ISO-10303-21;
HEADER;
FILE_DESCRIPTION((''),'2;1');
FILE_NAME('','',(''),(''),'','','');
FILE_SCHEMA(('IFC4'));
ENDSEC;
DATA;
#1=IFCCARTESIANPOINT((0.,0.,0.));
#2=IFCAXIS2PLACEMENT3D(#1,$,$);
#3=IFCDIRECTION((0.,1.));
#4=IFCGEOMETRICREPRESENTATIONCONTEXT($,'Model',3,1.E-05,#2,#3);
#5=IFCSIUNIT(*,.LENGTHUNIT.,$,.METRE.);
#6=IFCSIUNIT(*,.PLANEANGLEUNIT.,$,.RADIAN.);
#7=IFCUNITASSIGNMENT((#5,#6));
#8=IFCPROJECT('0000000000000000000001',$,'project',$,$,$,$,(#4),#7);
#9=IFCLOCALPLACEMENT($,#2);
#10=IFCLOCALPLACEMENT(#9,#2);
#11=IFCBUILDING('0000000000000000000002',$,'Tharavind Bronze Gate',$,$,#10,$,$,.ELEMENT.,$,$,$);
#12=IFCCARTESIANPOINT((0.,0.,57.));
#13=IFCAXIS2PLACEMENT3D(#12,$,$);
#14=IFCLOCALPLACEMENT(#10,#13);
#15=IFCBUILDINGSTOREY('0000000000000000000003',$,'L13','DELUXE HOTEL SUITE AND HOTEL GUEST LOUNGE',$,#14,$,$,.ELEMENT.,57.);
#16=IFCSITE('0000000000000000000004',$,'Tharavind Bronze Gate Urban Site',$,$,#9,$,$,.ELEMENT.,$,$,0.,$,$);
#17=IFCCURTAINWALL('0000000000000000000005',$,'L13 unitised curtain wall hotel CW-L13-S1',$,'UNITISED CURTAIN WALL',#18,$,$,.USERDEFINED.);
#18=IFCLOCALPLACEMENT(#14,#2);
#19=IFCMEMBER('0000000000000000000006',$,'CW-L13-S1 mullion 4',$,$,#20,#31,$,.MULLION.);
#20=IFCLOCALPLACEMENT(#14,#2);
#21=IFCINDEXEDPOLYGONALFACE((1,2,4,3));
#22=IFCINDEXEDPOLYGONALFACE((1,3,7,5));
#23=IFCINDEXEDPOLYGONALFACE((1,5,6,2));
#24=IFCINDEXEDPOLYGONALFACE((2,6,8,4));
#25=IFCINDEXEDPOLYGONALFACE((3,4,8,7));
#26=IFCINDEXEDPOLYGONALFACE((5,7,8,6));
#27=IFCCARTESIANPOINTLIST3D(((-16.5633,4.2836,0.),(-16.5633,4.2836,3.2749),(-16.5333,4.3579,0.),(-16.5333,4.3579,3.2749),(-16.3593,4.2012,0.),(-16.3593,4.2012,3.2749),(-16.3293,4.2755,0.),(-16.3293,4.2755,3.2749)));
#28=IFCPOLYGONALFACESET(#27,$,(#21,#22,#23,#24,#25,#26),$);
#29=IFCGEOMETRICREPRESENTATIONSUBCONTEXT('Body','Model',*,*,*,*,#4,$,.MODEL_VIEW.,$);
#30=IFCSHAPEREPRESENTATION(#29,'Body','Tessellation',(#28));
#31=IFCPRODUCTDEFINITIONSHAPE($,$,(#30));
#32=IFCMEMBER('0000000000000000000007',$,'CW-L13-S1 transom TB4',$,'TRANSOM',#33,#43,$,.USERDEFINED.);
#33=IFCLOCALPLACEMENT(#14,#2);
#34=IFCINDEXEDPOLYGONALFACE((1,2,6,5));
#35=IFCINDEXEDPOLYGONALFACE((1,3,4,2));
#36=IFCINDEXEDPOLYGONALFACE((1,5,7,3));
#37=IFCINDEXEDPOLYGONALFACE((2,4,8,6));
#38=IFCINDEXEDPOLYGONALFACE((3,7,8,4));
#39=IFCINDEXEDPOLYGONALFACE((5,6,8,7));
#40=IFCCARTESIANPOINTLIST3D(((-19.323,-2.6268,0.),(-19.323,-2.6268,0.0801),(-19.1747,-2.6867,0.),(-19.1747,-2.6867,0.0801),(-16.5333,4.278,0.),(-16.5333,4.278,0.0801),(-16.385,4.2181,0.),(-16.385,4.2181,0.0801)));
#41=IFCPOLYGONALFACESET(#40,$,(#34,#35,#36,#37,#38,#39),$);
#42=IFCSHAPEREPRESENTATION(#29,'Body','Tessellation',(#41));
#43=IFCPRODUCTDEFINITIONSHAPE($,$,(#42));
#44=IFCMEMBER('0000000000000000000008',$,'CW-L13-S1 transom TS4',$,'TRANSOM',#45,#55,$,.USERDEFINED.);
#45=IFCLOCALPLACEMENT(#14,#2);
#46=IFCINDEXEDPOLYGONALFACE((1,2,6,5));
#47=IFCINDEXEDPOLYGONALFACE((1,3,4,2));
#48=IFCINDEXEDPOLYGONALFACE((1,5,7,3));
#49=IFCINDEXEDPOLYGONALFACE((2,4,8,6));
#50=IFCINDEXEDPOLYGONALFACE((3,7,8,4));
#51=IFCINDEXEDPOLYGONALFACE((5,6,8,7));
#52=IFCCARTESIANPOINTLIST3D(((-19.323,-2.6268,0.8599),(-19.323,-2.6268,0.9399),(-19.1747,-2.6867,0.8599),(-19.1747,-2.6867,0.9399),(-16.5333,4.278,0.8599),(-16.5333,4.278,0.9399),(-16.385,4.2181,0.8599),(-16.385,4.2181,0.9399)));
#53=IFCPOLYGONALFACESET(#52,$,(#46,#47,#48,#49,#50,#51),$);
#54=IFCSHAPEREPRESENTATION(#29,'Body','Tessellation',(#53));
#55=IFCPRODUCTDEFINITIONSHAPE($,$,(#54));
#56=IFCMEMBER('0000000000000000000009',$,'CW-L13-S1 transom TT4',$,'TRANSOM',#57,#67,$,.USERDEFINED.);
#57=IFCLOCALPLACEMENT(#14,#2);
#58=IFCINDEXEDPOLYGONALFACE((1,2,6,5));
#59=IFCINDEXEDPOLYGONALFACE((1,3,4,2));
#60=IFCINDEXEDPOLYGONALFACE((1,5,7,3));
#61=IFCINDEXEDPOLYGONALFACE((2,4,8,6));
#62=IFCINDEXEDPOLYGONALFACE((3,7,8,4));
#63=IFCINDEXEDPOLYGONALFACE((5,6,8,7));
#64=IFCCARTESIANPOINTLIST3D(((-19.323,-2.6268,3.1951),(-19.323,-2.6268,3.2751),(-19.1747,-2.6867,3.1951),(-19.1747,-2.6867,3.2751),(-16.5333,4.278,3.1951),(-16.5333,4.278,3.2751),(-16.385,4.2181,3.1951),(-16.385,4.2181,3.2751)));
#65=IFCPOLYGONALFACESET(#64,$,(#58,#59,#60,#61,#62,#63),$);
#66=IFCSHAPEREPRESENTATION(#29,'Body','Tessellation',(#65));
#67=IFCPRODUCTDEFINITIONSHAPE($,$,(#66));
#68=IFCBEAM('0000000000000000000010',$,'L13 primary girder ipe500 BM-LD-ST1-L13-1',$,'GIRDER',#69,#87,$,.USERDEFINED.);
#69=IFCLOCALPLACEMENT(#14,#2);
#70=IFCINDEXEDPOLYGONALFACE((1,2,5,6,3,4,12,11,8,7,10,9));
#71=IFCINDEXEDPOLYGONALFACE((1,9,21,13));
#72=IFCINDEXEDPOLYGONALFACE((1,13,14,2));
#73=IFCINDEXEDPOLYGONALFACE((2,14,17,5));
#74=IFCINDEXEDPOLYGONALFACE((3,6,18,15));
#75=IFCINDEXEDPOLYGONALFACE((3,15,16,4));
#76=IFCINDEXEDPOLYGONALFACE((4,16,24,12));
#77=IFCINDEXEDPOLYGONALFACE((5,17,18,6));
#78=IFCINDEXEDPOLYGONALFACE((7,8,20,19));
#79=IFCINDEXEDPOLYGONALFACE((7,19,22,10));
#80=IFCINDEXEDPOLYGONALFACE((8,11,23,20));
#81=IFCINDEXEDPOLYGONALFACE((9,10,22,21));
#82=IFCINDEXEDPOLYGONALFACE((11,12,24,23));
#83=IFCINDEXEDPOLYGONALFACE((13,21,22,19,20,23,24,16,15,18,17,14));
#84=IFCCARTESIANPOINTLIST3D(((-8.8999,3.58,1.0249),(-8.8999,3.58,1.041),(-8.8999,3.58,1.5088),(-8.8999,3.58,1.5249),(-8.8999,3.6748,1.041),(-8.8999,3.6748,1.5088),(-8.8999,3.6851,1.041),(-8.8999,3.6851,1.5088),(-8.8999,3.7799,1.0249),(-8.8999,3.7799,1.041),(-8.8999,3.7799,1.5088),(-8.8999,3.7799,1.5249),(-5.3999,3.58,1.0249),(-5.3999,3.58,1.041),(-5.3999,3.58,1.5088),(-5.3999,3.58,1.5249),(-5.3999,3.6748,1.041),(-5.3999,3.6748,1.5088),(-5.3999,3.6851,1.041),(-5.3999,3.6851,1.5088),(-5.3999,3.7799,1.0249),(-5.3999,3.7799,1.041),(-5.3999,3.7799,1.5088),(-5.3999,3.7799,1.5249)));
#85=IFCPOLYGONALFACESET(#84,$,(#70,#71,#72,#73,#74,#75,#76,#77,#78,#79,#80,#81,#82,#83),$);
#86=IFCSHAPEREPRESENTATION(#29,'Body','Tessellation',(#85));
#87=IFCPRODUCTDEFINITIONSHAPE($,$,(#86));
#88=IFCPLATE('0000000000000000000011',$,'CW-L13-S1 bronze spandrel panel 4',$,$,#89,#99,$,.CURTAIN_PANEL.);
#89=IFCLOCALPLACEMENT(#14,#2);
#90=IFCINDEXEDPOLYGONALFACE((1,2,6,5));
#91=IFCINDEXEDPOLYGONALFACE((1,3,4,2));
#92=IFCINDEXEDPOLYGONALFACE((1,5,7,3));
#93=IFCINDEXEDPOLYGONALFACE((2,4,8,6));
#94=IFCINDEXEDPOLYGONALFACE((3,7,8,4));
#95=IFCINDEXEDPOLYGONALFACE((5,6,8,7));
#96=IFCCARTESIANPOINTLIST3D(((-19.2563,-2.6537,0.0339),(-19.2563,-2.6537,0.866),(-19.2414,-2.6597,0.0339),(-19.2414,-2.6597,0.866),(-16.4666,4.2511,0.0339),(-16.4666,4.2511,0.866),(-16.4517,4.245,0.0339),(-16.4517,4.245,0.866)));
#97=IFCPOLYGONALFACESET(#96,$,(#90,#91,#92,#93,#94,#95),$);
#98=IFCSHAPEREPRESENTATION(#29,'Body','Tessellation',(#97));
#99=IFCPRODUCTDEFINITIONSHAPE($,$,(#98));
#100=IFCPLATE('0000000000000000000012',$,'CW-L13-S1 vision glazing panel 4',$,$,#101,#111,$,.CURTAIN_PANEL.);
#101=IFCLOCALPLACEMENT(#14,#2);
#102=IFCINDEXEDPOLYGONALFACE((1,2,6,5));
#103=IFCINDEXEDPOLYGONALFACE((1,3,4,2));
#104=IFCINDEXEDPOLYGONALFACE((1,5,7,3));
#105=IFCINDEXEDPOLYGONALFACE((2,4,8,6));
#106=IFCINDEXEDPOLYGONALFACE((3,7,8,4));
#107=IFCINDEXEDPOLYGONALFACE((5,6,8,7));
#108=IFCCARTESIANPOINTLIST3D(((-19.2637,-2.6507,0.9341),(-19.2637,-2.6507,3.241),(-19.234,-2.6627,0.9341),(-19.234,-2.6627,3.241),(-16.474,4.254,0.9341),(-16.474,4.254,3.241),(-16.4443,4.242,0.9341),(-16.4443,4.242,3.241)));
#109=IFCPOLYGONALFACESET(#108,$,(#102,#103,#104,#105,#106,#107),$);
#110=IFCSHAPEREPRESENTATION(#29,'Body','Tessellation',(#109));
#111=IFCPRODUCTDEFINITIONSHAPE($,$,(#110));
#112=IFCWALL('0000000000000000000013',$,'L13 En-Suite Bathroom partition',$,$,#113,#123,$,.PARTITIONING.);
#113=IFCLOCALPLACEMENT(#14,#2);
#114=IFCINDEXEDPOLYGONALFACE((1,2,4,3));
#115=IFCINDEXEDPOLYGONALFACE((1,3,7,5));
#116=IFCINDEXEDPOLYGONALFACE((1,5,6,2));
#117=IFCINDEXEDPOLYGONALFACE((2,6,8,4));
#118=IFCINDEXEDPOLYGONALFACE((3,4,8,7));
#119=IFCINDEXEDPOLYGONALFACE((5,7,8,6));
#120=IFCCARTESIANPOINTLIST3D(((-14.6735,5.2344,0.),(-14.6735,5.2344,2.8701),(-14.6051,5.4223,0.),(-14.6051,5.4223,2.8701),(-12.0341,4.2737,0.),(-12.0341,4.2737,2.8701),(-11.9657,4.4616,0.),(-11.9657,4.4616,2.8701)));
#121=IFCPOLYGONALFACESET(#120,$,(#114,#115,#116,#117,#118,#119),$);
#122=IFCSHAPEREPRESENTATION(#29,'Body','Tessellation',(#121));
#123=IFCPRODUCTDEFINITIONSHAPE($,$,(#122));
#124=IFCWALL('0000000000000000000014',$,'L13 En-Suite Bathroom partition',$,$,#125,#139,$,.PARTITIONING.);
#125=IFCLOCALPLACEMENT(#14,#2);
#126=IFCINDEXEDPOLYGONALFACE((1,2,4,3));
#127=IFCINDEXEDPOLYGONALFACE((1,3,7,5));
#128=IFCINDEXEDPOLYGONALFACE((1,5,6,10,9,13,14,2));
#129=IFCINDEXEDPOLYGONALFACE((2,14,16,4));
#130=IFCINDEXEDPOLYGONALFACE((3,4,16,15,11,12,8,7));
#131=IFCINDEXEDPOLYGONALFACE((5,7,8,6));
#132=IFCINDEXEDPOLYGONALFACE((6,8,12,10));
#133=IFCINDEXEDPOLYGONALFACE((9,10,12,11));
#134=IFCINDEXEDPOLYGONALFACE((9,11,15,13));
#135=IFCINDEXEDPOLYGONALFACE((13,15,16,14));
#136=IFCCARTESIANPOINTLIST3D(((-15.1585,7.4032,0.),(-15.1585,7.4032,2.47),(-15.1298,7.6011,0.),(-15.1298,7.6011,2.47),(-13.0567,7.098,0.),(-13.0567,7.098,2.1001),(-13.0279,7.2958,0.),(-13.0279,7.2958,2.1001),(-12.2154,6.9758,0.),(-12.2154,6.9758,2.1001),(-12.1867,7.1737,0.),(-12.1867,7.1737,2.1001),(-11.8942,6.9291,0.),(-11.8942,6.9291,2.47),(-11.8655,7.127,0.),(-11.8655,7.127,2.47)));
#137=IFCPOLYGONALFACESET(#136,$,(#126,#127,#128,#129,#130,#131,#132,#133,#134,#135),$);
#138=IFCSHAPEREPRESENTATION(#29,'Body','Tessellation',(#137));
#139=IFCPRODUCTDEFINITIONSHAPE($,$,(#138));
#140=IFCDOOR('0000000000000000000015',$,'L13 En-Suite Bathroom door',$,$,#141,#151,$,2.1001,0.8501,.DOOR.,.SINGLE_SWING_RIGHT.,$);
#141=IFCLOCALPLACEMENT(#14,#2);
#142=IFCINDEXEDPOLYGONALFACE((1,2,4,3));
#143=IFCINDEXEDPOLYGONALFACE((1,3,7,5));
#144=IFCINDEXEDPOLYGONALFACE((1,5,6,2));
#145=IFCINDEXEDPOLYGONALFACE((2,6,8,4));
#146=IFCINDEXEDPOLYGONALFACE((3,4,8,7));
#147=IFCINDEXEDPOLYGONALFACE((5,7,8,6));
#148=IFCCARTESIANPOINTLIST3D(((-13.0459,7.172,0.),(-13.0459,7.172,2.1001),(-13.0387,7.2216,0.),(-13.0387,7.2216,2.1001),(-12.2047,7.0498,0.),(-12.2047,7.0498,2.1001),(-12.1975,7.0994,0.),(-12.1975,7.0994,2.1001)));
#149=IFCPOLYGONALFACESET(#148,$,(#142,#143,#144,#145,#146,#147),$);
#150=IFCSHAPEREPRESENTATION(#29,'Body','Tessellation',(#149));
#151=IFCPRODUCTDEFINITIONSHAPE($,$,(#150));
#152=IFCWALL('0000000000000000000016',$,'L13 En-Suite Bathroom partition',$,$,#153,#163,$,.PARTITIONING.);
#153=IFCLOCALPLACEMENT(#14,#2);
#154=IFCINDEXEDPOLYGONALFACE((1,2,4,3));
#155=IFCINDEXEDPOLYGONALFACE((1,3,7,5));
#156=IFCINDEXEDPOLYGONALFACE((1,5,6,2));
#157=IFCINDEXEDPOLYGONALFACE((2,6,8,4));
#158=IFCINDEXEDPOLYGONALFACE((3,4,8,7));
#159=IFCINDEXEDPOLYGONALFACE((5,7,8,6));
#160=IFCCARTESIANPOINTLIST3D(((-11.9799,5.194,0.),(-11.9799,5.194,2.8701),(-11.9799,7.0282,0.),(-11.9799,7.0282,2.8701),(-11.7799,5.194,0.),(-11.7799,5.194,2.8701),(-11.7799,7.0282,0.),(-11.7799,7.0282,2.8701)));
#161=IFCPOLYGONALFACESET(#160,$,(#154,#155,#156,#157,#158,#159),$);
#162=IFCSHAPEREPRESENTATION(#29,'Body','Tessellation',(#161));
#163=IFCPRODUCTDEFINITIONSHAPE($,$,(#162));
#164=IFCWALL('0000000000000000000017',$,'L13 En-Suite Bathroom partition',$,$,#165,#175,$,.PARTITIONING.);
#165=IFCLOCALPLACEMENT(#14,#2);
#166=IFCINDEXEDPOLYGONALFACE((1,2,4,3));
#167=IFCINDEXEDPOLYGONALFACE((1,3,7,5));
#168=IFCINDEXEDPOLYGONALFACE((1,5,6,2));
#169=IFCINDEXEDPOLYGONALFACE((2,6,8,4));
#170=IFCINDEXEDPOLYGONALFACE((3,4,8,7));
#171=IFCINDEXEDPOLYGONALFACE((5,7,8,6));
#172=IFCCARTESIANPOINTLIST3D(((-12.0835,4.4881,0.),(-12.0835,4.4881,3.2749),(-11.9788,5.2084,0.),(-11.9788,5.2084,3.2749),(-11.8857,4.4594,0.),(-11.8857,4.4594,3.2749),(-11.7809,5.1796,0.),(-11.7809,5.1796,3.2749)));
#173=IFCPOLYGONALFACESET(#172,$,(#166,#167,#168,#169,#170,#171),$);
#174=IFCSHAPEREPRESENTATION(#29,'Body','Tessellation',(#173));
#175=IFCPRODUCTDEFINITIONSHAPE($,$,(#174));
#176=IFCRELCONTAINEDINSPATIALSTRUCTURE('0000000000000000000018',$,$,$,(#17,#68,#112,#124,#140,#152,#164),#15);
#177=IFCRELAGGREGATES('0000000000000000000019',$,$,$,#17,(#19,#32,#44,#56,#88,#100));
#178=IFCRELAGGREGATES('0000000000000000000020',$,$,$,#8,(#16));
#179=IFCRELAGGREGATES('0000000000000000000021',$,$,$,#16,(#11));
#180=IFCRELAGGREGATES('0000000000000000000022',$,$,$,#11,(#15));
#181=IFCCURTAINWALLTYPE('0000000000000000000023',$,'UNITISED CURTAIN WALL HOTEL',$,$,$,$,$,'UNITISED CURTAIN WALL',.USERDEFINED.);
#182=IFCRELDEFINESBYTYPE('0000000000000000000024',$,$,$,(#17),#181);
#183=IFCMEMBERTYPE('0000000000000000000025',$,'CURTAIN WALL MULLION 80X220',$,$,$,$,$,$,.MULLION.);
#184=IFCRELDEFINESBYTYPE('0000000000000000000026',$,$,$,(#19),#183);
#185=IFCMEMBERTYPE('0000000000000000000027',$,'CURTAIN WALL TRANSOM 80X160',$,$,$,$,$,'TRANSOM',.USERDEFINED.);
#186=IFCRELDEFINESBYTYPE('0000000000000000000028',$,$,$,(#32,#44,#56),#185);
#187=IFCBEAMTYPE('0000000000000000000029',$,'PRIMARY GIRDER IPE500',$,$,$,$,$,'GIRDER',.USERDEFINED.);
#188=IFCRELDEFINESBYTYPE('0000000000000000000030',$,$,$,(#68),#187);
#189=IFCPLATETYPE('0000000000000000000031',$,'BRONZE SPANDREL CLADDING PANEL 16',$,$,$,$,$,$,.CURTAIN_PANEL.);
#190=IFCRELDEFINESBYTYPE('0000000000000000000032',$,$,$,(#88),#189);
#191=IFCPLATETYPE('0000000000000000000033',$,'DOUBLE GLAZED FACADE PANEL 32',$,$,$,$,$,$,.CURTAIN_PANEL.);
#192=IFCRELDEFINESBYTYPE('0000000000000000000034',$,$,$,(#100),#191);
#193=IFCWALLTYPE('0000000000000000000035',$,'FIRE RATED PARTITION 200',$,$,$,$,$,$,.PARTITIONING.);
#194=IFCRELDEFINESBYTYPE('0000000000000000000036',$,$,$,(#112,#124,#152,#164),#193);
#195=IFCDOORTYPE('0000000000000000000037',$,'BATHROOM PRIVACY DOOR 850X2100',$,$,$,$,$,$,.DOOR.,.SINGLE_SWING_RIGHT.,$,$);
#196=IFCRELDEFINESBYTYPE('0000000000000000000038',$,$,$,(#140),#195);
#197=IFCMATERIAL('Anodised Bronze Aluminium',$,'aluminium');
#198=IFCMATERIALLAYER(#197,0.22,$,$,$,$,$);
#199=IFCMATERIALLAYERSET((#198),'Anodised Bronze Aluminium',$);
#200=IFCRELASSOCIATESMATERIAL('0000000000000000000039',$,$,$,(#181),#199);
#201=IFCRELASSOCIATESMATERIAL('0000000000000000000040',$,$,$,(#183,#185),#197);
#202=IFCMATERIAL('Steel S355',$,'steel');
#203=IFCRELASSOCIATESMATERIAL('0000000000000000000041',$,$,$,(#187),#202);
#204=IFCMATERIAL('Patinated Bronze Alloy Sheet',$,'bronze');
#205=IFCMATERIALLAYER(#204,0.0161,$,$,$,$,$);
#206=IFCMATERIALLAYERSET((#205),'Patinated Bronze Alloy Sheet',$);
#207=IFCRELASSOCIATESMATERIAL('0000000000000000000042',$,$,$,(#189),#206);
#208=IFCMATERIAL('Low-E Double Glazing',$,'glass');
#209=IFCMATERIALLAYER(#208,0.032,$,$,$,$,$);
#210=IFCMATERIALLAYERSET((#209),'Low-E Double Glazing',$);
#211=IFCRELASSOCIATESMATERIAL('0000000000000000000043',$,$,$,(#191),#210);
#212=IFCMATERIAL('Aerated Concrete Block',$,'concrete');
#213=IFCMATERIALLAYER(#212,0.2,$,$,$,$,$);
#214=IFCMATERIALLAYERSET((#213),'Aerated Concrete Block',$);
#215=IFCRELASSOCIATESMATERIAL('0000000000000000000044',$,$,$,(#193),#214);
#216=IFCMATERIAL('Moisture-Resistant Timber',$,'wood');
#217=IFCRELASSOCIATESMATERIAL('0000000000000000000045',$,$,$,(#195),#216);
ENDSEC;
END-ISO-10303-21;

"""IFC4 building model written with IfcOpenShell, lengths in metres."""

from ifc_helpers import new_model, si_unit, direction, frame, frame_2d, origin, origin_2d, place, context, subcontext, project, spatial, rectangle, i_section, extrude, material, layer, layer_set, material_profile, profile_set, type_object, element, fill, aggregate, save


model = new_model("IFC4")

# Units and contexts
model_context = context("Model", 3, precision=1e-05, world=origin(), true_north=direction((0.0, 1.0)))
body_context = subcontext(model_context, "Body", "Model", "MODEL_VIEW")
ifc_project = project(units=[si_unit("LENGTHUNIT", "METRE"), si_unit("PLANEANGLEUNIT", "RADIAN")], contexts=[model_context])

# Site, building, storey
site_placement = place(None, origin())
site = spatial("IfcSite", under=ifc_project, at=site_placement, Name="Tharavind Bronze Gate Urban Site", CompositionType="ELEMENT", RefElevation=0.0)
building_placement = place(site_placement, origin())
building = spatial("IfcBuilding", under=site, at=building_placement, Name="Tharavind Bronze Gate", CompositionType="ELEMENT")
storey_placement = place(building_placement, frame((0.0, 0.0, 57.0)))
storey = spatial("IfcBuildingStorey", under=building, at=storey_placement, Name="L13", Description="DELUXE HOTEL SUITE AND HOTEL GUEST LOUNGE", CompositionType="ELEMENT", Elevation=57.0)

# Curtain wall, members
ifc_material_1 = material(Name="Anodised Bronze Aluminium", Category="aluminium")
ifc_layer_1 = layer(ifc_material_1, 0.22)
ifc_layer_set_1 = layer_set([ifc_layer_1], Name="Anodised Bronze Aluminium")
curtain_wall_type = type_object("IfcCurtainWallType", Name="UNITISED CURTAIN WALL HOTEL", ElementType="UNITISED CURTAIN WALL", PredefinedType="USERDEFINED", material=ifc_layer_set_1)
curtain_wall_placement = place(storey_placement, origin())
curtain_wall = element("IfcCurtainWall", 1, at=curtain_wall_placement, inside=storey, type_object=curtain_wall_type, Name="L13 unitised curtain wall hotel CW-L13-S1", ObjectType="UNITISED CURTAIN WALL", PredefinedType="USERDEFINED")
member_type_1 = type_object("IfcMemberType", Name="CURTAIN WALL MULLION 80X220", PredefinedType="MULLION", material=ifc_material_1)
member_1_placement = place(storey_placement, frame((-16.4463, 4.2795, 0.0), z_axis=(0.0, 0.0, 1.0), x_axis=(-0.374607, -0.927184, 0.0)))
member_1 = element("IfcMember", 2, at=member_1_placement, type_object=member_type_1, Name="CW-L13-S1 mullion 4", PredefinedType="MULLION", context=body_context, shape_type="SweptSolid", body=[
    extrude(rectangle(XDim=0.0801, YDim=0.22, at=origin_2d()), origin(), (0.0, 0.0, 1.0), 3.2749),
])
member_type_2 = type_object("IfcMemberType", Name="CURTAIN WALL TRANSOM 80X160", ElementType="TRANSOM", PredefinedType="USERDEFINED", material=ifc_material_1)
member_2_placement = place(storey_placement, frame((-17.854, 0.7957, 0.0), z_axis=(0.0, 0.0, 1.0), x_axis=(-0.374607, -0.927184, 0.0)))
member_2 = element("IfcMember", 3, at=member_2_placement, type_object=member_type_2, Name="CW-L13-S1 transom TB4", ObjectType="TRANSOM", PredefinedType="USERDEFINED", context=body_context, shape_type="SweptSolid", body=[
    extrude(rectangle(XDim=7.447, YDim=0.1599, at=origin_2d()), origin(), (0.0, 0.0, 1.0), 0.0801),
])
member_3_placement = place(storey_placement, frame((-17.854, 0.7957, 0.8599), z_axis=(0.0, 0.0, 1.0), x_axis=(-0.374607, -0.927184, 0.0)))
member_3 = element("IfcMember", 4, at=member_3_placement, type_object=member_type_2, Name="CW-L13-S1 transom TS4", ObjectType="TRANSOM", PredefinedType="USERDEFINED", context=body_context, shape_type="SweptSolid", body=[
    extrude(rectangle(XDim=7.447, YDim=0.1599, at=origin_2d()), origin(), (0.0, 0.0, 1.0), 0.0801),
])
member_4_placement = place(storey_placement, frame((-17.854, 0.7957, 3.1951), z_axis=(0.0, 0.0, 1.0), x_axis=(-0.374607, -0.927184, 0.0)))
member_4 = element("IfcMember", 5, at=member_4_placement, type_object=member_type_2, Name="CW-L13-S1 transom TT4", ObjectType="TRANSOM", PredefinedType="USERDEFINED", context=body_context, shape_type="SweptSolid", body=[
    extrude(rectangle(XDim=7.447, YDim=0.1599, at=origin_2d()), origin(), (0.0, 0.0, 1.0), 0.0801),
])

# Beam
ifc_material_2 = material(Name="Steel S355", Category="steel")
ifc_material_profile = material_profile(ifc_material_2, i_section(OverallWidth=0.2, OverallDepth=0.5, WebThickness=0.0103, FlangeThickness=0.0161, at=origin_2d()), Name="IPE500")
ifc_profile_set = profile_set([ifc_material_profile], Name="Steel S355")
beam_type = type_object("IfcBeamType", Name="PRIMARY GIRDER IPE500", ElementType="GIRDER", PredefinedType="USERDEFINED", material=ifc_profile_set)
beam_placement = place(storey_placement, frame((-8.8999, 3.6799, 1.2749), z_axis=(1.0, 0.0, 0.0), x_axis=(0.0, 1.0, 0.0)))
element("IfcBeam", 6, at=beam_placement, inside=storey, type_object=beam_type, Name="L13 primary girder ipe500 BM-LD-ST1-L13-1", ObjectType="GIRDER", PredefinedType="USERDEFINED", context=body_context, shape_type="SweptSolid", body=[
    extrude(i_section(OverallWidth=0.2, OverallDepth=0.5, WebThickness=0.0103, FlangeThickness=0.0161, at=origin_2d()), origin(), (0.0, 0.0, 1.0), 3.5),
])

# Plates
ifc_material_3 = material(Name="Patinated Bronze Alloy Sheet", Category="bronze")
ifc_layer_2 = layer(ifc_material_3, 0.0161)
ifc_layer_set_2 = layer_set([ifc_layer_2], Name="Patinated Bronze Alloy Sheet")
plate_type_1 = type_object("IfcPlateType", Name="BRONZE SPANDREL CLADDING PANEL 16", PredefinedType="CURTAIN_PANEL", material=ifc_layer_set_2)
plate_1_placement = place(storey_placement, frame((-17.854, 0.7957, 0.0339), z_axis=(0.0, 0.0, 1.0), x_axis=(-0.374607, -0.927184, 0.0)))
plate_1 = element("IfcPlate", 7, at=plate_1_placement, type_object=plate_type_1, Name="CW-L13-S1 bronze spandrel panel 4", PredefinedType="CURTAIN_PANEL", context=body_context, shape_type="SweptSolid", body=[
    extrude(rectangle(XDim=7.447, YDim=0.0161, at=origin_2d()), origin(), (0.0, 0.0, 1.0), 0.832),
])
ifc_material_4 = material(Name="Low-E Double Glazing", Category="glass")
ifc_layer_3 = layer(ifc_material_4, 0.032)
ifc_layer_set_3 = layer_set([ifc_layer_3], Name="Low-E Double Glazing")
plate_type_2 = type_object("IfcPlateType", Name="DOUBLE GLAZED FACADE PANEL 32", PredefinedType="CURTAIN_PANEL", material=ifc_layer_set_3)
plate_2_placement = place(storey_placement, frame((-17.854, 0.7957, 0.9341), z_axis=(0.0, 0.0, 1.0), x_axis=(-0.374607, -0.927184, 0.0)))
plate_2 = element("IfcPlate", 8, at=plate_2_placement, type_object=plate_type_2, Name="CW-L13-S1 vision glazing panel 4", PredefinedType="CURTAIN_PANEL", context=body_context, shape_type="SweptSolid", body=[
    extrude(rectangle(XDim=7.447, YDim=0.032, at=origin_2d()), origin(), (0.0, 0.0, 1.0), 2.3069),
])
aggregate(curtain_wall, [member_1, member_2, member_3, member_4, plate_1, plate_2])

# Wall
ifc_material_5 = material(Name="Aerated Concrete Block", Category="concrete")
ifc_layer_4 = layer(ifc_material_5, 0.2)
ifc_layer_set_4 = layer_set([ifc_layer_4], Name="Aerated Concrete Block")
wall_type_1 = type_object("IfcWallType", Name="FIRE RATED PARTITION 200", PredefinedType="PARTITIONING", material=ifc_layer_set_4)
wall_1_placement = place(storey_placement, frame((-12.0, 4.3677, 0.0), z_axis=(0.0, 0.0, 1.0), x_axis=(-0.939689, 0.342029, 0.0)))
element("IfcWall", 9, at=wall_1_placement, inside=storey, type_object=wall_type_1, Name="L13 En-Suite Bathroom partition", PredefinedType="PARTITIONING", context=body_context, shape_type="SweptSolid", body=[
    extrude(rectangle(XDim=2.8088, YDim=0.2, at=frame_2d((1.4043, 0.0))), origin(), (0.0, 0.0, 1.0), 2.8701),
])

# Wall, opening, door
wall_2_placement = place(storey_placement, frame((-15.1443, 7.5022, 0.0), z_axis=(0.0, 0.0, 1.0), x_axis=(0.989617, -0.143732, 0.0)))
wall_2 = element("IfcWall", 10, at=wall_2_placement, inside=storey, type_object=wall_type_1, Name="L13 En-Suite Bathroom partition", PredefinedType="PARTITIONING", context=body_context, shape_type="SweptSolid", body=[
    extrude(rectangle(XDim=3.2986, YDim=0.2, at=frame_2d((1.6494, 0.0))), origin(), (0.0, 0.0, 1.0), 2.47),
])
opening_1_placement = place(wall_2_placement, frame((2.124, 0.0, 0.0)))
opening_1 = element("IfcOpeningElement", 11, at=opening_1_placement, cuts=wall_2, PredefinedType="OPENING", context=body_context, shape_type="SweptSolid", body=[
    extrude(rectangle(XDim=0.8501, YDim=2.1001, at=frame_2d((0.425, 1.05))), frame((0.0, 0.1101, 0.0), z_axis=(0.0, -1.0, 0.0), x_axis=(1.0, 0.0, 0.0)), (0.0, 0.0, 1.0), 0.22),
])
ifc_material_6 = material(Name="Moisture-Resistant Timber", Category="wood")
door_type_1 = type_object("IfcDoorType", Name="BATHROOM PRIVACY DOOR 850X2100", OperationType="SINGLE_SWING_RIGHT", PredefinedType="DOOR", material=ifc_material_6)
door_1_placement = place(opening_1_placement, origin())
door_1 = element("IfcDoor", 12, at=door_1_placement, inside=storey, type_object=door_type_1, Name="L13 En-Suite Bathroom door", OperationType="SINGLE_SWING_RIGHT", OverallHeight=2.1001, OverallWidth=0.8501, PredefinedType="DOOR", context=body_context, shape_type="SweptSolid", body=[
    extrude(rectangle(XDim=0.8501, YDim=2.1001, at=frame_2d((0.425, 1.05))), frame((0.0, 0.0249, 0.0), z_axis=(0.0, -1.0, 0.0), x_axis=(1.0, 0.0, 0.0)), (0.0, 0.0, 1.0), 0.05),
])
fill(opening_1, door_1)

# Walls
wall_3_placement = place(storey_placement, frame((-11.8799, 7.0281, 0.0), z_axis=(0.0, 0.0, 1.0), x_axis=(0.0, -1.0, 0.0)))
element("IfcWall", 13, at=wall_3_placement, inside=storey, type_object=wall_type_1, Name="L13 En-Suite Bathroom partition", PredefinedType="PARTITIONING", context=body_context, shape_type="SweptSolid", body=[
    extrude(rectangle(XDim=1.8342, YDim=0.2, at=frame_2d((0.917, 0.0))), origin(), (0.0, 0.0, 1.0), 2.8701),
])
wall_4_placement = place(storey_placement, frame((-11.8799, 5.1938, 0.0), z_axis=(0.0, 0.0, 1.0), x_axis=(-0.14391, -0.989591, 0.0)))
element("IfcWall", 14, at=wall_4_placement, inside=storey, type_object=wall_type_1, Name="L13 En-Suite Bathroom partition", PredefinedType="PARTITIONING", context=body_context, shape_type="SweptSolid", body=[
    extrude(rectangle(XDim=0.7278, YDim=0.2, at=frame_2d((0.3638, 0.0))), origin(), (0.0, 0.0, 1.0), 3.2749),
])

save(model, "model.ifc")
